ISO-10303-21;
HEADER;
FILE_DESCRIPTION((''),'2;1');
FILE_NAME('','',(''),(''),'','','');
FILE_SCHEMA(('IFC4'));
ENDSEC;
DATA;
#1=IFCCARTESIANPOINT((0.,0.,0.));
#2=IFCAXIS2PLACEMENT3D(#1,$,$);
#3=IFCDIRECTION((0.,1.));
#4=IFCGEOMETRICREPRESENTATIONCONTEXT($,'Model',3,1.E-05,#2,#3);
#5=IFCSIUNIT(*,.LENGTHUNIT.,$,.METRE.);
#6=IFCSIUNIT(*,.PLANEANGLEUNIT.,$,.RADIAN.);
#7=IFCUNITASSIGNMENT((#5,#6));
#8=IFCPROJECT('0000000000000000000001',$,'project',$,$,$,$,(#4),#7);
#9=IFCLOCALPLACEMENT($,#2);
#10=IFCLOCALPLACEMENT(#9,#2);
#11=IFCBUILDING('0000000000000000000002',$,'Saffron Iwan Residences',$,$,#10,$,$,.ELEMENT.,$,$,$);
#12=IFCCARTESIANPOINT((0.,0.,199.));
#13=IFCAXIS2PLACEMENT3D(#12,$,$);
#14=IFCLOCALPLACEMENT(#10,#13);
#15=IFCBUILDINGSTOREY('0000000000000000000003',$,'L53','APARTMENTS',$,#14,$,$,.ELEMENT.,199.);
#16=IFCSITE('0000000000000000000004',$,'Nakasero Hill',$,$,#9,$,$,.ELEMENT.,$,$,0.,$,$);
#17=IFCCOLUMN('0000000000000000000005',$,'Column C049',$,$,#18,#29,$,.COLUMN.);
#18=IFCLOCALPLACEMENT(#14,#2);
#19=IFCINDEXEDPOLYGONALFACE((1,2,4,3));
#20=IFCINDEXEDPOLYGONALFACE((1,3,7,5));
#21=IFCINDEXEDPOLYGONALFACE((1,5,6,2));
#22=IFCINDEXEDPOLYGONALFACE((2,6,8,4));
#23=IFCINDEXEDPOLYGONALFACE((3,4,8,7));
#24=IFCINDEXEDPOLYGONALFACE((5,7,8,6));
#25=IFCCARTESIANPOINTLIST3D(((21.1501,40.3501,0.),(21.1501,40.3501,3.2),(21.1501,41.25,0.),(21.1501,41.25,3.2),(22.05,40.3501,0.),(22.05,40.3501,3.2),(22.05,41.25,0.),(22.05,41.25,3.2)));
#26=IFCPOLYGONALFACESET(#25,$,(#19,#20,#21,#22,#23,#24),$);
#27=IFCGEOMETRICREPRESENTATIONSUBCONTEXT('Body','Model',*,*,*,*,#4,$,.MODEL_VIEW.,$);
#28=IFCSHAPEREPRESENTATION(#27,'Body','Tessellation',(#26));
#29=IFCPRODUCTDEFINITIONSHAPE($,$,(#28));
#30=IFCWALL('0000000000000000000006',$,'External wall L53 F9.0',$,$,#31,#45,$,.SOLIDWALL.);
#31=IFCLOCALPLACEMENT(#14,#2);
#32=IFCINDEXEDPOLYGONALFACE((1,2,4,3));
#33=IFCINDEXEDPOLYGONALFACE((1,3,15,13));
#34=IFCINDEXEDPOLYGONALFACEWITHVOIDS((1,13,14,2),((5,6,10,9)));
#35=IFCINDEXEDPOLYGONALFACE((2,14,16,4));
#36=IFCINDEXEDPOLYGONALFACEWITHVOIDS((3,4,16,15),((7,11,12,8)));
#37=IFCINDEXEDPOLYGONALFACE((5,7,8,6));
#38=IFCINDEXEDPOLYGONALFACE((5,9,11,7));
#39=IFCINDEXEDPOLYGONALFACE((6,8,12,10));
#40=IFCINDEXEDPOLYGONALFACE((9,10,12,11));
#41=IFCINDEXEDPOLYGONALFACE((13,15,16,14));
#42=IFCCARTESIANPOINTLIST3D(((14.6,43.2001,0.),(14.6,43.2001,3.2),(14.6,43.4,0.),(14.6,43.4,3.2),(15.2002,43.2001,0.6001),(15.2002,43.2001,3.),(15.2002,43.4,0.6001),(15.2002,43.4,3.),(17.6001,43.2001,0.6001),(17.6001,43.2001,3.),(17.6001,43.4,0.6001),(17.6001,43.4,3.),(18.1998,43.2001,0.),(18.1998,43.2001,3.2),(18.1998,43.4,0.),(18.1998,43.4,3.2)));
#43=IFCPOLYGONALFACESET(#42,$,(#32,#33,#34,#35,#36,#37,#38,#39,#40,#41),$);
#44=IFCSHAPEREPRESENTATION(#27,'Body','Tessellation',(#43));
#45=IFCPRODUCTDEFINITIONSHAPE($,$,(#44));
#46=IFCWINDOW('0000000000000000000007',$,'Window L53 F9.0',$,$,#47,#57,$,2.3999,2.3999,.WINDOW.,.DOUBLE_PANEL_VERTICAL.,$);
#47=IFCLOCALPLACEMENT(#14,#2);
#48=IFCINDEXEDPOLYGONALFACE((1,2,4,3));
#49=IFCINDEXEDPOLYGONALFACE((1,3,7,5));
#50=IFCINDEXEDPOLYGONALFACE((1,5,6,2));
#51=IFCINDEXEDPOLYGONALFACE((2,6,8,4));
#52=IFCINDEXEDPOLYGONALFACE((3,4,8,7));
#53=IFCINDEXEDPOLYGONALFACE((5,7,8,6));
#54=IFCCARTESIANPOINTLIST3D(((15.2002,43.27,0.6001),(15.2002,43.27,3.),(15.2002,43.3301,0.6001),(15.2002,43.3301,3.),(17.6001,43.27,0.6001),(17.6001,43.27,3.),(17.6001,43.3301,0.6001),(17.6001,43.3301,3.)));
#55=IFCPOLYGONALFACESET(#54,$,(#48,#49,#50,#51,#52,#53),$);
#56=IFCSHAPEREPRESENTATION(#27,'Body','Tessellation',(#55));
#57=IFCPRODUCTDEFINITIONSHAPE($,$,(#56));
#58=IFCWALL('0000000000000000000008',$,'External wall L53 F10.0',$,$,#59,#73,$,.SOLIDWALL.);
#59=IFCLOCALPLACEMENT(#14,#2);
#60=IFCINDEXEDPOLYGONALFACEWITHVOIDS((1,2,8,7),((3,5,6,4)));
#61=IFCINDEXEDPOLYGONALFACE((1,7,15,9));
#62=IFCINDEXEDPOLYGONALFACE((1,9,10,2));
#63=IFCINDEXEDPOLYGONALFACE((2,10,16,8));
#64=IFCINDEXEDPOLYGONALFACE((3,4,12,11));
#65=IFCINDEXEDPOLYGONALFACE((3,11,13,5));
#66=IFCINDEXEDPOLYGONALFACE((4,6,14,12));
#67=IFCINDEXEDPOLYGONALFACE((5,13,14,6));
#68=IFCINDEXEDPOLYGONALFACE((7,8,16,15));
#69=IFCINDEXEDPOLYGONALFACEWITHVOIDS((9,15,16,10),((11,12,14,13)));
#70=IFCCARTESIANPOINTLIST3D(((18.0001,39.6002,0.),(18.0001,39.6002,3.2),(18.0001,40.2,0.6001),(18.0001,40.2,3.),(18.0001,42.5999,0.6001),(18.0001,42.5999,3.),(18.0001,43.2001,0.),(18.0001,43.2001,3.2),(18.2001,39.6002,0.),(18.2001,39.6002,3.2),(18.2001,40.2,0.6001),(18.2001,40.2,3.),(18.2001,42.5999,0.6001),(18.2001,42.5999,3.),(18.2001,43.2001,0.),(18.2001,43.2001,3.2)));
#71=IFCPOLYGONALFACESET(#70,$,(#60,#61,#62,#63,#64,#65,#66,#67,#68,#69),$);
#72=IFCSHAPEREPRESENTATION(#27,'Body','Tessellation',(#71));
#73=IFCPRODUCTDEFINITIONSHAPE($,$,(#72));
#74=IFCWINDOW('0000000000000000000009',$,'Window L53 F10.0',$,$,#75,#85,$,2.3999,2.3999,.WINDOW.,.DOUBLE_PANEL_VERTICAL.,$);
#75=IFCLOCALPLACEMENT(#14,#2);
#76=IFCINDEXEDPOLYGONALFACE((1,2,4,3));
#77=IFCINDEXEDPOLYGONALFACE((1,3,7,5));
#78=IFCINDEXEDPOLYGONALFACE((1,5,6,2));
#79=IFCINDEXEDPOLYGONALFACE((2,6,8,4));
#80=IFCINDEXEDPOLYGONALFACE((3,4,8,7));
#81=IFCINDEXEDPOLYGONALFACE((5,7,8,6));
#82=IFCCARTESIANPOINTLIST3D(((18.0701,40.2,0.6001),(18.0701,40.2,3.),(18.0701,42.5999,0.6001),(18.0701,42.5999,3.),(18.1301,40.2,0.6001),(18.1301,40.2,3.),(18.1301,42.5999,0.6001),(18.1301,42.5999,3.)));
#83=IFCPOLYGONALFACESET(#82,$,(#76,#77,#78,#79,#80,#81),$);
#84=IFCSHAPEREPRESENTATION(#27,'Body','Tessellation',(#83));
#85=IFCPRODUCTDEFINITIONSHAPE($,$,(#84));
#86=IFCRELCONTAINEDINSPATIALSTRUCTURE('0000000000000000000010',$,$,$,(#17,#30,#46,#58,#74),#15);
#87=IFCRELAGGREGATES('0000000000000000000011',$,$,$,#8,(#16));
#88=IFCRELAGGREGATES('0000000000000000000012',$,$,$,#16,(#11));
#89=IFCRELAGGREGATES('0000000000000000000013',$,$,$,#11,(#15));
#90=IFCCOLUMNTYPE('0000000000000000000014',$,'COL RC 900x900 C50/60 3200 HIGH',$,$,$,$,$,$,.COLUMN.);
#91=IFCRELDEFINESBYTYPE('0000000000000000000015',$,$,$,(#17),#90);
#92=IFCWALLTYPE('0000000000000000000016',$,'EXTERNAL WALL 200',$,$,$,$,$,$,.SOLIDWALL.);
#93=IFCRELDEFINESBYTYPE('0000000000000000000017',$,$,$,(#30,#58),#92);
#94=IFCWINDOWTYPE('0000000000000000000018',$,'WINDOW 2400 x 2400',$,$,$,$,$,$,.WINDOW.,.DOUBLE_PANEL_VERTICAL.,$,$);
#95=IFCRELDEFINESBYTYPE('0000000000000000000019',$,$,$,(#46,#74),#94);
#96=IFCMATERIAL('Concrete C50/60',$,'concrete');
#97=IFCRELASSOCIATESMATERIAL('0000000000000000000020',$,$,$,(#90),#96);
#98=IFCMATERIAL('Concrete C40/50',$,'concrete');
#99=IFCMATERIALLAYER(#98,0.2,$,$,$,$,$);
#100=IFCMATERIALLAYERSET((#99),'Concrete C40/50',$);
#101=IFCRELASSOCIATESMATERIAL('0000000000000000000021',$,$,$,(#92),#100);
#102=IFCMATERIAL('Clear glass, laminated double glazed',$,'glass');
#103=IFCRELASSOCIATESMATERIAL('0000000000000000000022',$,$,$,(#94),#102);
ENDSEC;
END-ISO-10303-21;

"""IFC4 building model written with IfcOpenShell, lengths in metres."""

from ifc_helpers import new_model, si_unit, direction, frame, frame_2d, origin, origin_2d, place, context, subcontext, project, spatial, rectangle, extrude, source, transform, mapped, material, layer, layer_set, material_profile, profile_set, type_object, element, fill, save


model = new_model("IFC4")

# Units and contexts
model_context = context("Model", 3, precision=1e-05, world=origin(), true_north=direction((0.0, 1.0)))
body_context = subcontext(model_context, "Body", "Model", "MODEL_VIEW")
ifc_project = project(units=[si_unit("LENGTHUNIT", "METRE"), si_unit("PLANEANGLEUNIT", "RADIAN")], contexts=[model_context])

# Site, building, storey
site_placement = place(None, origin())
site = spatial("IfcSite", under=ifc_project, at=site_placement, Name="Nakasero Hill", CompositionType="ELEMENT", RefElevation=0.0)
building_placement = place(site_placement, origin())
building = spatial("IfcBuilding", under=site, at=building_placement, Name="Saffron Iwan Residences", CompositionType="ELEMENT")
storey_placement = place(building_placement, frame((0.0, 0.0, 199.0)))
storey = spatial("IfcBuildingStorey", under=building, at=storey_placement, Name="L53", Description="APARTMENTS", CompositionType="ELEMENT", Elevation=199.0)

# Column
ifc_material_1 = material(Name="Concrete C50/60", Category="concrete")
ifc_material_profile = material_profile(ifc_material_1, rectangle(XDim=0.8999, YDim=0.8999, at=origin_2d()), Name="RC 900x900")
ifc_profile_set = profile_set([ifc_material_profile], Name="Concrete C50/60")
column_type = type_object("IfcColumnType", Name="COL RC 900x900 C50/60 3200 HIGH", PredefinedType="COLUMN", material=ifc_profile_set)
shared_shape = source(origin(), body_context, "Body", "SweptSolid", [
    extrude(rectangle(XDim=0.8999, YDim=0.8999, at=origin_2d()), origin(), (0.0, 0.0, 1.0), 3.2),
])
column_placement = place(storey_placement, frame((21.6001, 40.8, 0.0), z_axis=(0.0, 0.0, 1.0), x_axis=(1.0, 0.0, 0.0)))
element("IfcColumn", 1, at=column_placement, inside=storey, type_object=column_type, Name="Column C049", PredefinedType="COLUMN", context=body_context, shape_type="MappedRepresentation", body=[
    mapped(shared_shape, transform((0.0, 0.0, 0.0))),
])

# Walls, openings, windows
ifc_material_2 = material(Name="Concrete C40/50", Category="concrete")
ifc_layer_1 = layer(ifc_material_2, 0.2)
ifc_layer_set_1 = layer_set([ifc_layer_1], Name="Concrete C40/50")
wall_type_1 = type_object("IfcWallType", Name="EXTERNAL WALL 200", PredefinedType="SOLIDWALL", material=ifc_layer_set_1)
wall_1_placement = place(storey_placement, frame((14.6001, 43.3, 0.0), z_axis=(0.0, 0.0, 1.0), x_axis=(1.0, 0.0, 0.0)))
wall_1 = element("IfcWall", 2, at=wall_1_placement, inside=storey, type_object=wall_type_1, Name="External wall L53 F9.0", PredefinedType="SOLIDWALL", context=body_context, shape_type="SweptSolid", body=[
    extrude(rectangle(XDim=3.5999, YDim=0.2, at=frame_2d((1.7998, 0.0))), origin(), (0.0, 0.0, 1.0), 3.2),
])
opening_1_placement = place(wall_1_placement, frame((0.6001, 0.0, 0.6001)))
opening_1 = element("IfcOpeningElement", 3, at=opening_1_placement, cuts=wall_1, PredefinedType="OPENING", context=body_context, shape_type="SweptSolid", body=[
    extrude(rectangle(XDim=2.3999, YDim=2.3999, at=frame_2d((1.2, 1.2))), frame((0.0, 0.1099, 0.0), z_axis=(0.0, -1.0, 0.0), x_axis=(1.0, 0.0, 0.0)), (0.0, 0.0, 1.0), 0.22),
])
ifc_material_3 = material(Name="Clear glass, laminated double glazed", Category="glass")
window_type_1 = type_object("IfcWindowType", Name="WINDOW 2400 x 2400", PartitioningType="DOUBLE_PANEL_VERTICAL", PredefinedType="WINDOW", material=ifc_material_3)
window_1_placement = place(opening_1_placement, origin())
window_1 = element("IfcWindow", 4, at=window_1_placement, inside=storey, type_object=window_type_1, Name="Window L53 F9.0", OverallHeight=2.3999, OverallWidth=2.3999, PartitioningType="DOUBLE_PANEL_VERTICAL", PredefinedType="WINDOW", context=body_context, shape_type="SweptSolid", body=[
    extrude(rectangle(XDim=2.3999, YDim=2.3999, at=frame_2d((1.2, 1.2))), frame((0.0, 0.03, 0.0), z_axis=(0.0, -1.0, 0.0), x_axis=(1.0, 0.0, 0.0)), (0.0, 0.0, 1.0), 0.0601),
])
fill(opening_1, window_1)
wall_2_placement = place(storey_placement, frame((18.1001, 43.2, 0.0), z_axis=(0.0, 0.0, 1.0), x_axis=(0.0, -1.0, 0.0)))
wall_2 = element("IfcWall", 5, at=wall_2_placement, inside=storey, type_object=wall_type_1, Name="External wall L53 F10.0", PredefinedType="SOLIDWALL", context=body_context, shape_type="SweptSolid", body=[
    extrude(rectangle(XDim=3.5999, YDim=0.2, at=frame_2d((1.7998, 0.0))), origin(), (0.0, 0.0, 1.0), 3.2),
])
opening_2_placement = place(wall_2_placement, frame((0.6001, 0.0, 0.6001)))
opening_2 = element("IfcOpeningElement", 6, at=opening_2_placement, cuts=wall_2, PredefinedType="OPENING", context=body_context, shape_type="SweptSolid", body=[
    extrude(rectangle(XDim=2.3999, YDim=2.3999, at=frame_2d((1.2, 1.2))), frame((0.0, 0.1099, 0.0), z_axis=(0.0, -1.0, 0.0), x_axis=(1.0, 0.0, 0.0)), (0.0, 0.0, 1.0), 0.22),
])
window_2_placement = place(opening_2_placement, origin())
window_2 = element("IfcWindow", 7, at=window_2_placement, inside=storey, type_object=window_type_1, Name="Window L53 F10.0", OverallHeight=2.3999, OverallWidth=2.3999, PartitioningType="DOUBLE_PANEL_VERTICAL", PredefinedType="WINDOW", context=body_context, shape_type="SweptSolid", body=[
    extrude(rectangle(XDim=2.3999, YDim=2.3999, at=frame_2d((1.2, 1.2))), frame((0.0, 0.03, 0.0), z_axis=(0.0, -1.0, 0.0), x_axis=(1.0, 0.0, 0.0)), (0.0, 0.0, 1.0), 0.0601),
])
fill(opening_2, window_2)

save(model, "model.ifc")
